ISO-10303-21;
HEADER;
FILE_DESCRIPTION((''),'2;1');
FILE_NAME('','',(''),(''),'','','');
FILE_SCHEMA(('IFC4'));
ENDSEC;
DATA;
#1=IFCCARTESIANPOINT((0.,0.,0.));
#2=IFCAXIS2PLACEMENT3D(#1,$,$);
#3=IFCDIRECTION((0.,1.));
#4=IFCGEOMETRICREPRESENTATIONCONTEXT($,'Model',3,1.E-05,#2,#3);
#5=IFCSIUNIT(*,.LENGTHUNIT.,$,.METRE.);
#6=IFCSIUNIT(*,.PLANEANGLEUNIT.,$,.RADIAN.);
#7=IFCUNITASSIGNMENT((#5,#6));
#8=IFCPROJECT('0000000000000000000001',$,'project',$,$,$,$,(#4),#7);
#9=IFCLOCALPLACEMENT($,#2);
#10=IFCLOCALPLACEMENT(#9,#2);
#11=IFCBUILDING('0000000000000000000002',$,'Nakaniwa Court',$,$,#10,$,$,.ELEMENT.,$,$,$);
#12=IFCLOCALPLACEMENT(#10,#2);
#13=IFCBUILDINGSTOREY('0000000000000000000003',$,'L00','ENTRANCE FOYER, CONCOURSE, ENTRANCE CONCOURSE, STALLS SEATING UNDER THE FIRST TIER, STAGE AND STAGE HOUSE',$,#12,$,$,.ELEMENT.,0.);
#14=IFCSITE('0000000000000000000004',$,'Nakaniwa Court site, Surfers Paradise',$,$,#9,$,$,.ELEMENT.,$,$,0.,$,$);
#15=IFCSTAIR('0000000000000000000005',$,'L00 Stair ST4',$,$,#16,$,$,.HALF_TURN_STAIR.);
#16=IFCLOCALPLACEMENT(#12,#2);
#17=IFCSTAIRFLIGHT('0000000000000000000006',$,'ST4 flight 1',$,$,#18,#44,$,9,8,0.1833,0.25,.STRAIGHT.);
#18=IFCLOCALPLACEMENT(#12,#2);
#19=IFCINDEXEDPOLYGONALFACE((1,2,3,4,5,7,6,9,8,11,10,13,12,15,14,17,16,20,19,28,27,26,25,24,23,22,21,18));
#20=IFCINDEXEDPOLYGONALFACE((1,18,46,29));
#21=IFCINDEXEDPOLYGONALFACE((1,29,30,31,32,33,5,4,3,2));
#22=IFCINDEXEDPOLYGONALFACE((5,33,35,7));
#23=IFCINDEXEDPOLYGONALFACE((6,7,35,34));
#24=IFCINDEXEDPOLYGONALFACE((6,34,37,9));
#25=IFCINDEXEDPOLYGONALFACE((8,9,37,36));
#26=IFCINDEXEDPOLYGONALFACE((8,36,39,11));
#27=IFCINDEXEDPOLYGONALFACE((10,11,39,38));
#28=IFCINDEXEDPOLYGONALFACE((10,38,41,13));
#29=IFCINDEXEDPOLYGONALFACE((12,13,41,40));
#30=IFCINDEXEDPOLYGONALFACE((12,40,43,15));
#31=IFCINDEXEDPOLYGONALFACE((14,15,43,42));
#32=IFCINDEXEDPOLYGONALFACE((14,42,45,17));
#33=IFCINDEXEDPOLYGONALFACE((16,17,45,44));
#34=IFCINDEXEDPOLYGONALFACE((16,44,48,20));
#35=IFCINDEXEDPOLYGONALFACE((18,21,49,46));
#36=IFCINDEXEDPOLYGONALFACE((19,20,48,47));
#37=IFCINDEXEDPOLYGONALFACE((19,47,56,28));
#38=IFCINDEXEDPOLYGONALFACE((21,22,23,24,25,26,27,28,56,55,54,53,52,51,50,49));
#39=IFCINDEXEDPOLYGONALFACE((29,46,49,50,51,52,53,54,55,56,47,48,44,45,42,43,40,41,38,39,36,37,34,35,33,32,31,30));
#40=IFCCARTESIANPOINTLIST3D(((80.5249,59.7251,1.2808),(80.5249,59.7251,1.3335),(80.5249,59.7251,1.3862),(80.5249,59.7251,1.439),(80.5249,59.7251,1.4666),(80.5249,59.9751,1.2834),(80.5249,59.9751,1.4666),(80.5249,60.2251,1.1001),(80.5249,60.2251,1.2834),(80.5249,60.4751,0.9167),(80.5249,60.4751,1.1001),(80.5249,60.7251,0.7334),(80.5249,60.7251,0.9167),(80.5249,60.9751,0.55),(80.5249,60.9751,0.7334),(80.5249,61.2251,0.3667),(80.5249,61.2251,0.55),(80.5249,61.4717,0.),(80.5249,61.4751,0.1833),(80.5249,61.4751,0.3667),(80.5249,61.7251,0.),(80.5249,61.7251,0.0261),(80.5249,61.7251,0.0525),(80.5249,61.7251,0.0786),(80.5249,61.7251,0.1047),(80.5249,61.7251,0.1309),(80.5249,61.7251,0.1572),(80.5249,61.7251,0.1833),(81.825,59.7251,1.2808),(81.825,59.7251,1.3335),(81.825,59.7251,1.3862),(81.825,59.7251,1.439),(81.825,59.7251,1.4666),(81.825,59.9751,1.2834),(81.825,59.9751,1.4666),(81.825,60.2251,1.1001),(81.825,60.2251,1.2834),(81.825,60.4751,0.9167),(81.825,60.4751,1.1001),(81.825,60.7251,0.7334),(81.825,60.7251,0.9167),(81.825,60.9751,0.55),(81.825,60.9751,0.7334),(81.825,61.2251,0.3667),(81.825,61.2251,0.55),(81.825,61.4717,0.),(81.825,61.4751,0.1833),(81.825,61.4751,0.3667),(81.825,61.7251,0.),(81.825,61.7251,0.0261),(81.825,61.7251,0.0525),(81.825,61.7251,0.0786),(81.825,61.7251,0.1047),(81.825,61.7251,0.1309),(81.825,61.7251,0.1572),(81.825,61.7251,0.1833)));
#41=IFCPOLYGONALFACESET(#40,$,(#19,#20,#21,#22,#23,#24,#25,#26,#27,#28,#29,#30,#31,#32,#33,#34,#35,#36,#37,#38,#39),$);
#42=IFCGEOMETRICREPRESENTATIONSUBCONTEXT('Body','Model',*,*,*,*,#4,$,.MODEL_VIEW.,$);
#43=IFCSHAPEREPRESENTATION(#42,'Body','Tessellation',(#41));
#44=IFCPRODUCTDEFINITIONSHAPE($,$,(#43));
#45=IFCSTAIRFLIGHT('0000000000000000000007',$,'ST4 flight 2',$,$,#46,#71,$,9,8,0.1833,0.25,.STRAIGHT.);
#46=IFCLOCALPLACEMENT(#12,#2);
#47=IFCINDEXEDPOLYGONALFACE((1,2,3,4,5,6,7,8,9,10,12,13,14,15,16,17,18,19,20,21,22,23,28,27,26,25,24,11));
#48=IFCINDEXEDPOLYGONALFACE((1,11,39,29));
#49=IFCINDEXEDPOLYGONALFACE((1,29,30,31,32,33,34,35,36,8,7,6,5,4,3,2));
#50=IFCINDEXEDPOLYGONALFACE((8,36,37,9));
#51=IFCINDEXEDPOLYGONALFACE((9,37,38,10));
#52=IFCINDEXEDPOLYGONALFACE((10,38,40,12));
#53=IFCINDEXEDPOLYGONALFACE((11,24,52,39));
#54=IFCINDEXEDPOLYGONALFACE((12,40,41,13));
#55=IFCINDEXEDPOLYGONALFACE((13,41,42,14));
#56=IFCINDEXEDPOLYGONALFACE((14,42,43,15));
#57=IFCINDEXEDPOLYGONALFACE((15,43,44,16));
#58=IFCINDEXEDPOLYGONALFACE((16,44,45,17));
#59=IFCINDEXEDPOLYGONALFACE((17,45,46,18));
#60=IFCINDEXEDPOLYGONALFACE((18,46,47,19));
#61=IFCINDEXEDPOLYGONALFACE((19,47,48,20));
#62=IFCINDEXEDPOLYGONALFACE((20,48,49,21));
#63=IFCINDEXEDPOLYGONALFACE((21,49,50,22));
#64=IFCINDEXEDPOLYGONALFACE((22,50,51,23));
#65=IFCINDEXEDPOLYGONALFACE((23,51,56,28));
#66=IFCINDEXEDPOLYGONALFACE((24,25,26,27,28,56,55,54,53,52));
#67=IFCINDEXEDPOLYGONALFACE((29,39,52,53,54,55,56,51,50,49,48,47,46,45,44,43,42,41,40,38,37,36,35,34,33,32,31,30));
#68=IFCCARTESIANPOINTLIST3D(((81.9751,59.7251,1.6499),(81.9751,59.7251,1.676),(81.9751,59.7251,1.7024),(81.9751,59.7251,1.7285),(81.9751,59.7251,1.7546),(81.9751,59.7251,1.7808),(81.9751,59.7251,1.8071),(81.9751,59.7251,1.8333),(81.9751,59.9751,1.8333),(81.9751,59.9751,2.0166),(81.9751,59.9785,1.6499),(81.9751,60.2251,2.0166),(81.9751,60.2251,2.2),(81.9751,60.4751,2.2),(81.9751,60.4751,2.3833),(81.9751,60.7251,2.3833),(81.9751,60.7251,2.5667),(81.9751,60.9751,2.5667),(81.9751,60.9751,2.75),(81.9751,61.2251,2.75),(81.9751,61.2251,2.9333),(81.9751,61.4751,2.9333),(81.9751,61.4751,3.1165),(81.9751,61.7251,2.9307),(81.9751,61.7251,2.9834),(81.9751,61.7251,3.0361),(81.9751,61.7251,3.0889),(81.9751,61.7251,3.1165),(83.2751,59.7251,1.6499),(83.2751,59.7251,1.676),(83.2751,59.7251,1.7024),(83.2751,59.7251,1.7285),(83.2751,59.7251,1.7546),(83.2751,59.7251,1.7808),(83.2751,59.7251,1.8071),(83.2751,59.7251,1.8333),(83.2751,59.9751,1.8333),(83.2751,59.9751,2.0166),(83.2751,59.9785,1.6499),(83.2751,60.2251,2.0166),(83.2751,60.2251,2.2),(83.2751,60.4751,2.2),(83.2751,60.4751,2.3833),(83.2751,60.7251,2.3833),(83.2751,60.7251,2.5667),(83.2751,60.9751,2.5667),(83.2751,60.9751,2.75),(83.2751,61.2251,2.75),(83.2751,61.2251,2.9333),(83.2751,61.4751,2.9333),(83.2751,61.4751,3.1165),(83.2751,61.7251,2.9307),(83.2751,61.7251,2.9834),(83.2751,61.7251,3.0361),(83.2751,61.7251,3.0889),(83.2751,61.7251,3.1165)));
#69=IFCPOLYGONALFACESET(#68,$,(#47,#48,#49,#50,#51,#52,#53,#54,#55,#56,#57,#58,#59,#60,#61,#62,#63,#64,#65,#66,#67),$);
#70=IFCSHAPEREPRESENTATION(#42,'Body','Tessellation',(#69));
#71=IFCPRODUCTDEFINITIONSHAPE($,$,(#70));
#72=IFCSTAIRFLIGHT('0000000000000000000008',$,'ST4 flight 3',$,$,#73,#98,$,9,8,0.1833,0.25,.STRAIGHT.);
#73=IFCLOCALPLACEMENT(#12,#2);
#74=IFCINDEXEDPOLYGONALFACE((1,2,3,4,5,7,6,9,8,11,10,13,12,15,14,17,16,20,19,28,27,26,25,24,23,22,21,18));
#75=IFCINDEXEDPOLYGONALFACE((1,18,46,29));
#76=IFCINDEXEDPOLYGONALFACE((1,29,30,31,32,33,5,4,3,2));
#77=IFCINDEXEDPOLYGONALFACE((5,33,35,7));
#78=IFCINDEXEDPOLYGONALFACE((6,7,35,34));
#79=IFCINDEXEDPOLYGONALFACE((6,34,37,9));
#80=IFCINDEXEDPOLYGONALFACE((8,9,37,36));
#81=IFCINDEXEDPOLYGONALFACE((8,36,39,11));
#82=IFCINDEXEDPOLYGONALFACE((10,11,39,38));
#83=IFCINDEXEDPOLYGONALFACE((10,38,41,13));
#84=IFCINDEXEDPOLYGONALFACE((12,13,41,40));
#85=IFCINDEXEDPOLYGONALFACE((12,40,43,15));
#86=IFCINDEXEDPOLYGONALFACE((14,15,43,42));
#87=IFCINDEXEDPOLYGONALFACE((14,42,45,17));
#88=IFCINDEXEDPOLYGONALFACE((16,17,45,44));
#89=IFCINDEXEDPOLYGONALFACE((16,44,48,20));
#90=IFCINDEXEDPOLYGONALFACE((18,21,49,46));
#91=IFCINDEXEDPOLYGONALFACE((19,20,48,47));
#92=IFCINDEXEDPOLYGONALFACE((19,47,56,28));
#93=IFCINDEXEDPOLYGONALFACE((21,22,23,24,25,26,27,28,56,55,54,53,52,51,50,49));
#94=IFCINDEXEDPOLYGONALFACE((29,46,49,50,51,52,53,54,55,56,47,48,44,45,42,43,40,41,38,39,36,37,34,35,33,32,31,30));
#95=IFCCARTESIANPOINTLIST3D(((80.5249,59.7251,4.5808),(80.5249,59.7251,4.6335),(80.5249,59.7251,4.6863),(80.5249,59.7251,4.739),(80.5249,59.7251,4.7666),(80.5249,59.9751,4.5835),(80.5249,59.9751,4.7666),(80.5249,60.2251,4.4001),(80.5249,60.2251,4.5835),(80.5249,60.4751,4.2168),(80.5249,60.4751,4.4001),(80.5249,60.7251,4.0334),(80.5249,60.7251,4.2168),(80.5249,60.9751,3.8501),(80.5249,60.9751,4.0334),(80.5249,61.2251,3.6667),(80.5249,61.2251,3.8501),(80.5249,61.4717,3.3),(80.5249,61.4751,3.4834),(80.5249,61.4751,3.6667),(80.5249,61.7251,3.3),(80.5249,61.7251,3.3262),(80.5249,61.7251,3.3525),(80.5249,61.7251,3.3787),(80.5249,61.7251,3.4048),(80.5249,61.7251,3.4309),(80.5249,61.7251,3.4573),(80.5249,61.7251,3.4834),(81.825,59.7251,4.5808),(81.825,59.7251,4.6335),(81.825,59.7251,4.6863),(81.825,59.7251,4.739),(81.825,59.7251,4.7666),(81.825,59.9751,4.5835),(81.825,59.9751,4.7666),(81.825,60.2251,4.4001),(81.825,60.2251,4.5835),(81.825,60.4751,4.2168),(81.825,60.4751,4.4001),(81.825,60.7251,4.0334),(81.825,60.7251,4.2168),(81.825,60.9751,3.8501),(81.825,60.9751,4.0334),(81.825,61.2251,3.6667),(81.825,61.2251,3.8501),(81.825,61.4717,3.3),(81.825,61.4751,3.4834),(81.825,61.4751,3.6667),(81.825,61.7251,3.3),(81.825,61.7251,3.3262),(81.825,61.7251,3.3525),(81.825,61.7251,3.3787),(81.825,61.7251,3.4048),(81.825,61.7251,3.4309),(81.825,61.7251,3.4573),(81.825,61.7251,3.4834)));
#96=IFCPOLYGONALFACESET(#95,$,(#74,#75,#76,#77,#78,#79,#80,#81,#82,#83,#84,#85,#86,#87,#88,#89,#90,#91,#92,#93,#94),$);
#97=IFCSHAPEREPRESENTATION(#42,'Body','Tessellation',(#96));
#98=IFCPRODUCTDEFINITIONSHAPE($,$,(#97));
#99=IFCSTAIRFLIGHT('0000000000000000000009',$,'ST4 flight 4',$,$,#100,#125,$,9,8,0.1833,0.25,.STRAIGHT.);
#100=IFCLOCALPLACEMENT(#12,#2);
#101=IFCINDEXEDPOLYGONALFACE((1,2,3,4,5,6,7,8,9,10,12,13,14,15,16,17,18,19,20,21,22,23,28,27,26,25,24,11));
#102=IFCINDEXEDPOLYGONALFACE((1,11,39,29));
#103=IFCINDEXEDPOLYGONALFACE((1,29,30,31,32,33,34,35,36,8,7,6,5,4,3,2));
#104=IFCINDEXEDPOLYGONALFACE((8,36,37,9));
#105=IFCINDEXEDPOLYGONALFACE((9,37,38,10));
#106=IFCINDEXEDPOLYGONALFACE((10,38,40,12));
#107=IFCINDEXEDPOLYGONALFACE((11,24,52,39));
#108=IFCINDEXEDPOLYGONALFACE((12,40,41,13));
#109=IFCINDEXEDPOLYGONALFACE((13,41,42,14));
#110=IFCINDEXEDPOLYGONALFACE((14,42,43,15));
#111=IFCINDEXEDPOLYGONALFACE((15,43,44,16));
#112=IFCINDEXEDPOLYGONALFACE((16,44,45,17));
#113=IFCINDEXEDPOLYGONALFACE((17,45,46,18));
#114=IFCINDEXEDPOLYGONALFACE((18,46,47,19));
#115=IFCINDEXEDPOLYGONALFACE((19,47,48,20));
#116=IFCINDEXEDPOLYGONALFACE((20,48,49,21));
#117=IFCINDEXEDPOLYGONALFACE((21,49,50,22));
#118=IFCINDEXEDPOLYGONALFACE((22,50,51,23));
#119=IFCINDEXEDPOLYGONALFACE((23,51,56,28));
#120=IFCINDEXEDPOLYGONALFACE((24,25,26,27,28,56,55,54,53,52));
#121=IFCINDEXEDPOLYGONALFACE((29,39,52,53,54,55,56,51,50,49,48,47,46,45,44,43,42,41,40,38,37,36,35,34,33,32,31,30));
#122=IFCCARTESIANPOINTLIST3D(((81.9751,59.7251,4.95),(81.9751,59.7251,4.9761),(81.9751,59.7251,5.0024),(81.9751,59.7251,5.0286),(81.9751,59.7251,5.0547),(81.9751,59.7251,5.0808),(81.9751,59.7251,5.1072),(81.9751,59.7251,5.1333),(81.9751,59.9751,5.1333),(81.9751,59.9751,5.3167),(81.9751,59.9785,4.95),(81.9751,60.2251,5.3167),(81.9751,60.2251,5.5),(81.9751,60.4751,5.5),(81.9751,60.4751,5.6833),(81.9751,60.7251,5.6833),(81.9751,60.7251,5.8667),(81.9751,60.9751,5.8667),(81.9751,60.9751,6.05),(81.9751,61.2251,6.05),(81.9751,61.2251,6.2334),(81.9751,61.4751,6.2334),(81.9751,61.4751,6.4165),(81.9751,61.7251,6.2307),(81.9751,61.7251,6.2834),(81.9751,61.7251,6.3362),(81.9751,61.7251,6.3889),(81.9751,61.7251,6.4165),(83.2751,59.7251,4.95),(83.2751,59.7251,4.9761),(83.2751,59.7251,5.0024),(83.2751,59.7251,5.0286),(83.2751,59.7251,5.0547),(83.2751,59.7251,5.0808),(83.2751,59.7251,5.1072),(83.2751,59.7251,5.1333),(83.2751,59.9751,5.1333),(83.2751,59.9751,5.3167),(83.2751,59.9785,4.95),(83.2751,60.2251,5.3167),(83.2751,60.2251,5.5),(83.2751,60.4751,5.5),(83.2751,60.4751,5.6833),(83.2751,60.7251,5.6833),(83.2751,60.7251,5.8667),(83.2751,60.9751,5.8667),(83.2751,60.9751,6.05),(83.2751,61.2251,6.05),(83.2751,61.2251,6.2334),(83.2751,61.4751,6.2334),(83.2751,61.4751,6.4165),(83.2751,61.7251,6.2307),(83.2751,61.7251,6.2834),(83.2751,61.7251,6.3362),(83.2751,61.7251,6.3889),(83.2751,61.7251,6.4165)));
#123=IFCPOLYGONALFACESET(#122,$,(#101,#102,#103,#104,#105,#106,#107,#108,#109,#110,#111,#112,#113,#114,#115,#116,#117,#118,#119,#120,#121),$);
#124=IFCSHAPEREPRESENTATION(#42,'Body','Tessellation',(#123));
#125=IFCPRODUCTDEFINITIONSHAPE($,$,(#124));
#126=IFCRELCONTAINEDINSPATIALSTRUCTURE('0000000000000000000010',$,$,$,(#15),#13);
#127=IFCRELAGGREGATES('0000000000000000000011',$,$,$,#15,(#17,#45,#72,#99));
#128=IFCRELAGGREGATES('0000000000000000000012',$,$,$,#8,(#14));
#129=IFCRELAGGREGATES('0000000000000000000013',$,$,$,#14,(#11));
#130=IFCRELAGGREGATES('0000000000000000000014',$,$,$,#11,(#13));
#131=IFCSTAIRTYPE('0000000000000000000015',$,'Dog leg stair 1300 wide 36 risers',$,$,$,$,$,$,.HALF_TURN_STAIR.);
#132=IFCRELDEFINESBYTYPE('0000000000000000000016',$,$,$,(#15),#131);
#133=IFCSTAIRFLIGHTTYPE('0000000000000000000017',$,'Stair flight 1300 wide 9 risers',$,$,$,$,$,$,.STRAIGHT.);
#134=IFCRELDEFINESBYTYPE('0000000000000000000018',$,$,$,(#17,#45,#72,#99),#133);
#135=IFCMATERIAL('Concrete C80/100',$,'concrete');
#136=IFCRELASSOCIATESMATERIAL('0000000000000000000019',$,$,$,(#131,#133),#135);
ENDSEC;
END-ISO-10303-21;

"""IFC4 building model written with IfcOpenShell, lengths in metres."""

from ifc_helpers import new_model, si_unit, direction, frame, origin, place, context, subcontext, project, spatial, polyline, outline, extrude, material, type_object, element, aggregate, save


model = new_model("IFC4")

# Units and contexts
model_context = context("Model", 3, precision=1e-05, world=origin(), true_north=direction((0.0, 1.0)))
body_context = subcontext(model_context, "Body", "Model", "MODEL_VIEW")
ifc_project = project(units=[si_unit("LENGTHUNIT", "METRE"), si_unit("PLANEANGLEUNIT", "RADIAN")], contexts=[model_context])

# Site, building, storey
site_placement = place(None, origin())
site = spatial("IfcSite", under=ifc_project, at=site_placement, Name="Nakaniwa Court site, Surfers Paradise", CompositionType="ELEMENT", RefElevation=0.0)
building_placement = place(site_placement, origin())
building = spatial("IfcBuilding", under=site, at=building_placement, Name="Nakaniwa Court", CompositionType="ELEMENT")
storey_placement = place(building_placement, origin())
storey = spatial("IfcBuildingStorey", under=building, at=storey_placement, Name="L00", Description="ENTRANCE FOYER, CONCOURSE, ENTRANCE CONCOURSE, STALLS SEATING UNDER THE FIRST TIER, STAGE AND STAGE HOUSE", CompositionType="ELEMENT", Elevation=0.0)

# Stair, stair flights
ifc_material_1 = material(Name="Concrete C80/100", Category="concrete")
stair_type = type_object("IfcStairType", Name="Dog leg stair 1300 wide 36 risers", PredefinedType="HALF_TURN_STAIR", material=ifc_material_1)
stair_placement = place(storey_placement, origin())
stair = element("IfcStair", 1, at=stair_placement, inside=storey, type_object=stair_type, Name="L00 Stair ST4", PredefinedType="HALF_TURN_STAIR")
stair_flight_type = type_object("IfcStairFlightType", Name="Stair flight 1300 wide 9 risers", PredefinedType="STRAIGHT", material=ifc_material_1)
stair_flight_1_placement = place(storey_placement, frame((81.175, 61.7251, 0.0), z_axis=(0.0, 0.0, 1.0), x_axis=(0.0, -1.0, 0.0)))
stair_flight_1 = element("IfcStairFlight", 2, at=stair_flight_1_placement, type_object=stair_flight_type, Name="ST4 flight 1", NumberOfRisers=9, NumberOfTreads=8, PredefinedType="STRAIGHT", RiserHeight=0.1833, TreadLength=0.25, context=body_context, shape_type="SweptSolid", body=[
    extrude(outline(polyline([(0.0, 0.0), (0.0, 0.0261), (0.0, 0.0525), (0.0, 0.0786), (0.0, 0.1047), (0.0, 0.1309), (0.0, 0.1572), (0.0, 0.1833), (0.25, 0.1833), (0.25, 0.3667), (0.5, 0.3667), (0.5, 0.55), (0.75, 0.55), (0.75, 0.7334), (1.0, 0.7334), (1.0, 0.9167), (1.25, 0.9167), (1.25, 1.1001), (1.5, 1.1001), (1.5, 1.2834), (1.75, 1.2834), (1.75, 1.4666), (2.0, 1.4666), (2.0, 1.6499), (2.0, 1.5972), (2.0, 1.5444), (2.0, 1.4917), (2.0, 1.439), (2.0, 1.3862), (2.0, 1.3335), (2.0, 1.2808), (0.2534, 0.0), (0.0, 0.0)])), frame((0.0, 0.6499, 0.0), z_axis=(0.0, -1.0, 0.0), x_axis=(1.0, 0.0, 0.0)), (0.0, 0.0, 1.0), 1.3),
])
stair_flight_2_placement = place(storey_placement, frame((82.625, 59.7251, 1.6499), z_axis=(0.0, 0.0, 1.0), x_axis=(0.0, 1.0, 0.0)))
stair_flight_2 = element("IfcStairFlight", 3, at=stair_flight_2_placement, type_object=stair_flight_type, Name="ST4 flight 2", NumberOfRisers=9, NumberOfTreads=8, PredefinedType="STRAIGHT", RiserHeight=0.1833, TreadLength=0.25, context=body_context, shape_type="SweptSolid", body=[
    extrude(outline(polyline([(0.0, 0.0), (0.0, 0.0261), (0.0, 0.0525), (0.0, 0.0786), (0.0, 0.1047), (0.0, 0.1309), (0.0, 0.1572), (0.0, 0.1833), (0.25, 0.1833), (0.25, 0.3667), (0.5, 0.3667), (0.5, 0.55), (0.75, 0.55), (0.75, 0.7334), (1.0, 0.7334), (1.0, 0.9167), (1.25, 0.9167), (1.25, 1.1001), (1.5, 1.1001), (1.5, 1.2834), (1.75, 1.2834), (1.75, 1.4666), (2.0, 1.4666), (2.0, 1.6499), (2.0, 1.5972), (2.0, 1.5444), (2.0, 1.4917), (2.0, 1.439), (2.0, 1.3862), (2.0, 1.3335), (2.0, 1.2808), (0.2534, 0.0), (0.0, 0.0)])), frame((0.0, 0.6499, 0.0), z_axis=(0.0, -1.0, 0.0), x_axis=(1.0, 0.0, 0.0)), (0.0, 0.0, 1.0), 1.3),
])
stair_flight_3_placement = place(storey_placement, frame((81.175, 61.7251, 3.3), z_axis=(0.0, 0.0, 1.0), x_axis=(0.0, -1.0, 0.0)))
stair_flight_3 = element("IfcStairFlight", 4, at=stair_flight_3_placement, type_object=stair_flight_type, Name="ST4 flight 3", NumberOfRisers=9, NumberOfTreads=8, PredefinedType="STRAIGHT", RiserHeight=0.1833, TreadLength=0.25, context=body_context, shape_type="SweptSolid", body=[
    extrude(outline(polyline([(0.0, 0.0), (0.0, 0.0261), (0.0, 0.0525), (0.0, 0.0786), (0.0, 0.1047), (0.0, 0.1309), (0.0, 0.1572), (0.0, 0.1833), (0.25, 0.1833), (0.25, 0.3667), (0.5, 0.3667), (0.5, 0.55), (0.75, 0.55), (0.75, 0.7334), (1.0, 0.7334), (1.0, 0.9167), (1.25, 0.9167), (1.25, 1.1001), (1.5, 1.1001), (1.5, 1.2834), (1.75, 1.2834), (1.75, 1.4666), (2.0, 1.4666), (2.0, 1.6499), (2.0, 1.5972), (2.0, 1.5444), (2.0, 1.4917), (2.0, 1.439), (2.0, 1.3862), (2.0, 1.3335), (2.0, 1.2808), (0.2534, 0.0), (0.0, 0.0)])), frame((0.0, 0.6499, 0.0), z_axis=(0.0, -1.0, 0.0), x_axis=(1.0, 0.0, 0.0)), (0.0, 0.0, 1.0), 1.3),
])
stair_flight_4_placement = place(storey_placement, frame((82.625, 59.7251, 4.95), z_axis=(0.0, 0.0, 1.0), x_axis=(0.0, 1.0, 0.0)))
stair_flight_4 = element("IfcStairFlight", 5, at=stair_flight_4_placement, type_object=stair_flight_type, Name="ST4 flight 4", NumberOfRisers=9, NumberOfTreads=8, PredefinedType="STRAIGHT", RiserHeight=0.1833, TreadLength=0.25, context=body_context, shape_type="SweptSolid", body=[
    extrude(outline(polyline([(0.0, 0.0), (0.0, 0.0261), (0.0, 0.0525), (0.0, 0.0786), (0.0, 0.1047), (0.0, 0.1309), (0.0, 0.1572), (0.0, 0.1833), (0.25, 0.1833), (0.25, 0.3667), (0.5, 0.3667), (0.5, 0.55), (0.75, 0.55), (0.75, 0.7334), (1.0, 0.7334), (1.0, 0.9167), (1.25, 0.9167), (1.25, 1.1001), (1.5, 1.1001), (1.5, 1.2834), (1.75, 1.2834), (1.75, 1.4666), (2.0, 1.4666), (2.0, 1.6499), (2.0, 1.5972), (2.0, 1.5444), (2.0, 1.4917), (2.0, 1.439), (2.0, 1.3862), (2.0, 1.3335), (2.0, 1.2808), (0.2534, 0.0), (0.0, 0.0)])), frame((0.0, 0.6499, 0.0), z_axis=(0.0, -1.0, 0.0), x_axis=(1.0, 0.0, 0.0)), (0.0, 0.0, 1.0), 1.3),
])
aggregate(stair, [stair_flight_1, stair_flight_2, stair_flight_3, stair_flight_4])

save(model, "model.ifc")
